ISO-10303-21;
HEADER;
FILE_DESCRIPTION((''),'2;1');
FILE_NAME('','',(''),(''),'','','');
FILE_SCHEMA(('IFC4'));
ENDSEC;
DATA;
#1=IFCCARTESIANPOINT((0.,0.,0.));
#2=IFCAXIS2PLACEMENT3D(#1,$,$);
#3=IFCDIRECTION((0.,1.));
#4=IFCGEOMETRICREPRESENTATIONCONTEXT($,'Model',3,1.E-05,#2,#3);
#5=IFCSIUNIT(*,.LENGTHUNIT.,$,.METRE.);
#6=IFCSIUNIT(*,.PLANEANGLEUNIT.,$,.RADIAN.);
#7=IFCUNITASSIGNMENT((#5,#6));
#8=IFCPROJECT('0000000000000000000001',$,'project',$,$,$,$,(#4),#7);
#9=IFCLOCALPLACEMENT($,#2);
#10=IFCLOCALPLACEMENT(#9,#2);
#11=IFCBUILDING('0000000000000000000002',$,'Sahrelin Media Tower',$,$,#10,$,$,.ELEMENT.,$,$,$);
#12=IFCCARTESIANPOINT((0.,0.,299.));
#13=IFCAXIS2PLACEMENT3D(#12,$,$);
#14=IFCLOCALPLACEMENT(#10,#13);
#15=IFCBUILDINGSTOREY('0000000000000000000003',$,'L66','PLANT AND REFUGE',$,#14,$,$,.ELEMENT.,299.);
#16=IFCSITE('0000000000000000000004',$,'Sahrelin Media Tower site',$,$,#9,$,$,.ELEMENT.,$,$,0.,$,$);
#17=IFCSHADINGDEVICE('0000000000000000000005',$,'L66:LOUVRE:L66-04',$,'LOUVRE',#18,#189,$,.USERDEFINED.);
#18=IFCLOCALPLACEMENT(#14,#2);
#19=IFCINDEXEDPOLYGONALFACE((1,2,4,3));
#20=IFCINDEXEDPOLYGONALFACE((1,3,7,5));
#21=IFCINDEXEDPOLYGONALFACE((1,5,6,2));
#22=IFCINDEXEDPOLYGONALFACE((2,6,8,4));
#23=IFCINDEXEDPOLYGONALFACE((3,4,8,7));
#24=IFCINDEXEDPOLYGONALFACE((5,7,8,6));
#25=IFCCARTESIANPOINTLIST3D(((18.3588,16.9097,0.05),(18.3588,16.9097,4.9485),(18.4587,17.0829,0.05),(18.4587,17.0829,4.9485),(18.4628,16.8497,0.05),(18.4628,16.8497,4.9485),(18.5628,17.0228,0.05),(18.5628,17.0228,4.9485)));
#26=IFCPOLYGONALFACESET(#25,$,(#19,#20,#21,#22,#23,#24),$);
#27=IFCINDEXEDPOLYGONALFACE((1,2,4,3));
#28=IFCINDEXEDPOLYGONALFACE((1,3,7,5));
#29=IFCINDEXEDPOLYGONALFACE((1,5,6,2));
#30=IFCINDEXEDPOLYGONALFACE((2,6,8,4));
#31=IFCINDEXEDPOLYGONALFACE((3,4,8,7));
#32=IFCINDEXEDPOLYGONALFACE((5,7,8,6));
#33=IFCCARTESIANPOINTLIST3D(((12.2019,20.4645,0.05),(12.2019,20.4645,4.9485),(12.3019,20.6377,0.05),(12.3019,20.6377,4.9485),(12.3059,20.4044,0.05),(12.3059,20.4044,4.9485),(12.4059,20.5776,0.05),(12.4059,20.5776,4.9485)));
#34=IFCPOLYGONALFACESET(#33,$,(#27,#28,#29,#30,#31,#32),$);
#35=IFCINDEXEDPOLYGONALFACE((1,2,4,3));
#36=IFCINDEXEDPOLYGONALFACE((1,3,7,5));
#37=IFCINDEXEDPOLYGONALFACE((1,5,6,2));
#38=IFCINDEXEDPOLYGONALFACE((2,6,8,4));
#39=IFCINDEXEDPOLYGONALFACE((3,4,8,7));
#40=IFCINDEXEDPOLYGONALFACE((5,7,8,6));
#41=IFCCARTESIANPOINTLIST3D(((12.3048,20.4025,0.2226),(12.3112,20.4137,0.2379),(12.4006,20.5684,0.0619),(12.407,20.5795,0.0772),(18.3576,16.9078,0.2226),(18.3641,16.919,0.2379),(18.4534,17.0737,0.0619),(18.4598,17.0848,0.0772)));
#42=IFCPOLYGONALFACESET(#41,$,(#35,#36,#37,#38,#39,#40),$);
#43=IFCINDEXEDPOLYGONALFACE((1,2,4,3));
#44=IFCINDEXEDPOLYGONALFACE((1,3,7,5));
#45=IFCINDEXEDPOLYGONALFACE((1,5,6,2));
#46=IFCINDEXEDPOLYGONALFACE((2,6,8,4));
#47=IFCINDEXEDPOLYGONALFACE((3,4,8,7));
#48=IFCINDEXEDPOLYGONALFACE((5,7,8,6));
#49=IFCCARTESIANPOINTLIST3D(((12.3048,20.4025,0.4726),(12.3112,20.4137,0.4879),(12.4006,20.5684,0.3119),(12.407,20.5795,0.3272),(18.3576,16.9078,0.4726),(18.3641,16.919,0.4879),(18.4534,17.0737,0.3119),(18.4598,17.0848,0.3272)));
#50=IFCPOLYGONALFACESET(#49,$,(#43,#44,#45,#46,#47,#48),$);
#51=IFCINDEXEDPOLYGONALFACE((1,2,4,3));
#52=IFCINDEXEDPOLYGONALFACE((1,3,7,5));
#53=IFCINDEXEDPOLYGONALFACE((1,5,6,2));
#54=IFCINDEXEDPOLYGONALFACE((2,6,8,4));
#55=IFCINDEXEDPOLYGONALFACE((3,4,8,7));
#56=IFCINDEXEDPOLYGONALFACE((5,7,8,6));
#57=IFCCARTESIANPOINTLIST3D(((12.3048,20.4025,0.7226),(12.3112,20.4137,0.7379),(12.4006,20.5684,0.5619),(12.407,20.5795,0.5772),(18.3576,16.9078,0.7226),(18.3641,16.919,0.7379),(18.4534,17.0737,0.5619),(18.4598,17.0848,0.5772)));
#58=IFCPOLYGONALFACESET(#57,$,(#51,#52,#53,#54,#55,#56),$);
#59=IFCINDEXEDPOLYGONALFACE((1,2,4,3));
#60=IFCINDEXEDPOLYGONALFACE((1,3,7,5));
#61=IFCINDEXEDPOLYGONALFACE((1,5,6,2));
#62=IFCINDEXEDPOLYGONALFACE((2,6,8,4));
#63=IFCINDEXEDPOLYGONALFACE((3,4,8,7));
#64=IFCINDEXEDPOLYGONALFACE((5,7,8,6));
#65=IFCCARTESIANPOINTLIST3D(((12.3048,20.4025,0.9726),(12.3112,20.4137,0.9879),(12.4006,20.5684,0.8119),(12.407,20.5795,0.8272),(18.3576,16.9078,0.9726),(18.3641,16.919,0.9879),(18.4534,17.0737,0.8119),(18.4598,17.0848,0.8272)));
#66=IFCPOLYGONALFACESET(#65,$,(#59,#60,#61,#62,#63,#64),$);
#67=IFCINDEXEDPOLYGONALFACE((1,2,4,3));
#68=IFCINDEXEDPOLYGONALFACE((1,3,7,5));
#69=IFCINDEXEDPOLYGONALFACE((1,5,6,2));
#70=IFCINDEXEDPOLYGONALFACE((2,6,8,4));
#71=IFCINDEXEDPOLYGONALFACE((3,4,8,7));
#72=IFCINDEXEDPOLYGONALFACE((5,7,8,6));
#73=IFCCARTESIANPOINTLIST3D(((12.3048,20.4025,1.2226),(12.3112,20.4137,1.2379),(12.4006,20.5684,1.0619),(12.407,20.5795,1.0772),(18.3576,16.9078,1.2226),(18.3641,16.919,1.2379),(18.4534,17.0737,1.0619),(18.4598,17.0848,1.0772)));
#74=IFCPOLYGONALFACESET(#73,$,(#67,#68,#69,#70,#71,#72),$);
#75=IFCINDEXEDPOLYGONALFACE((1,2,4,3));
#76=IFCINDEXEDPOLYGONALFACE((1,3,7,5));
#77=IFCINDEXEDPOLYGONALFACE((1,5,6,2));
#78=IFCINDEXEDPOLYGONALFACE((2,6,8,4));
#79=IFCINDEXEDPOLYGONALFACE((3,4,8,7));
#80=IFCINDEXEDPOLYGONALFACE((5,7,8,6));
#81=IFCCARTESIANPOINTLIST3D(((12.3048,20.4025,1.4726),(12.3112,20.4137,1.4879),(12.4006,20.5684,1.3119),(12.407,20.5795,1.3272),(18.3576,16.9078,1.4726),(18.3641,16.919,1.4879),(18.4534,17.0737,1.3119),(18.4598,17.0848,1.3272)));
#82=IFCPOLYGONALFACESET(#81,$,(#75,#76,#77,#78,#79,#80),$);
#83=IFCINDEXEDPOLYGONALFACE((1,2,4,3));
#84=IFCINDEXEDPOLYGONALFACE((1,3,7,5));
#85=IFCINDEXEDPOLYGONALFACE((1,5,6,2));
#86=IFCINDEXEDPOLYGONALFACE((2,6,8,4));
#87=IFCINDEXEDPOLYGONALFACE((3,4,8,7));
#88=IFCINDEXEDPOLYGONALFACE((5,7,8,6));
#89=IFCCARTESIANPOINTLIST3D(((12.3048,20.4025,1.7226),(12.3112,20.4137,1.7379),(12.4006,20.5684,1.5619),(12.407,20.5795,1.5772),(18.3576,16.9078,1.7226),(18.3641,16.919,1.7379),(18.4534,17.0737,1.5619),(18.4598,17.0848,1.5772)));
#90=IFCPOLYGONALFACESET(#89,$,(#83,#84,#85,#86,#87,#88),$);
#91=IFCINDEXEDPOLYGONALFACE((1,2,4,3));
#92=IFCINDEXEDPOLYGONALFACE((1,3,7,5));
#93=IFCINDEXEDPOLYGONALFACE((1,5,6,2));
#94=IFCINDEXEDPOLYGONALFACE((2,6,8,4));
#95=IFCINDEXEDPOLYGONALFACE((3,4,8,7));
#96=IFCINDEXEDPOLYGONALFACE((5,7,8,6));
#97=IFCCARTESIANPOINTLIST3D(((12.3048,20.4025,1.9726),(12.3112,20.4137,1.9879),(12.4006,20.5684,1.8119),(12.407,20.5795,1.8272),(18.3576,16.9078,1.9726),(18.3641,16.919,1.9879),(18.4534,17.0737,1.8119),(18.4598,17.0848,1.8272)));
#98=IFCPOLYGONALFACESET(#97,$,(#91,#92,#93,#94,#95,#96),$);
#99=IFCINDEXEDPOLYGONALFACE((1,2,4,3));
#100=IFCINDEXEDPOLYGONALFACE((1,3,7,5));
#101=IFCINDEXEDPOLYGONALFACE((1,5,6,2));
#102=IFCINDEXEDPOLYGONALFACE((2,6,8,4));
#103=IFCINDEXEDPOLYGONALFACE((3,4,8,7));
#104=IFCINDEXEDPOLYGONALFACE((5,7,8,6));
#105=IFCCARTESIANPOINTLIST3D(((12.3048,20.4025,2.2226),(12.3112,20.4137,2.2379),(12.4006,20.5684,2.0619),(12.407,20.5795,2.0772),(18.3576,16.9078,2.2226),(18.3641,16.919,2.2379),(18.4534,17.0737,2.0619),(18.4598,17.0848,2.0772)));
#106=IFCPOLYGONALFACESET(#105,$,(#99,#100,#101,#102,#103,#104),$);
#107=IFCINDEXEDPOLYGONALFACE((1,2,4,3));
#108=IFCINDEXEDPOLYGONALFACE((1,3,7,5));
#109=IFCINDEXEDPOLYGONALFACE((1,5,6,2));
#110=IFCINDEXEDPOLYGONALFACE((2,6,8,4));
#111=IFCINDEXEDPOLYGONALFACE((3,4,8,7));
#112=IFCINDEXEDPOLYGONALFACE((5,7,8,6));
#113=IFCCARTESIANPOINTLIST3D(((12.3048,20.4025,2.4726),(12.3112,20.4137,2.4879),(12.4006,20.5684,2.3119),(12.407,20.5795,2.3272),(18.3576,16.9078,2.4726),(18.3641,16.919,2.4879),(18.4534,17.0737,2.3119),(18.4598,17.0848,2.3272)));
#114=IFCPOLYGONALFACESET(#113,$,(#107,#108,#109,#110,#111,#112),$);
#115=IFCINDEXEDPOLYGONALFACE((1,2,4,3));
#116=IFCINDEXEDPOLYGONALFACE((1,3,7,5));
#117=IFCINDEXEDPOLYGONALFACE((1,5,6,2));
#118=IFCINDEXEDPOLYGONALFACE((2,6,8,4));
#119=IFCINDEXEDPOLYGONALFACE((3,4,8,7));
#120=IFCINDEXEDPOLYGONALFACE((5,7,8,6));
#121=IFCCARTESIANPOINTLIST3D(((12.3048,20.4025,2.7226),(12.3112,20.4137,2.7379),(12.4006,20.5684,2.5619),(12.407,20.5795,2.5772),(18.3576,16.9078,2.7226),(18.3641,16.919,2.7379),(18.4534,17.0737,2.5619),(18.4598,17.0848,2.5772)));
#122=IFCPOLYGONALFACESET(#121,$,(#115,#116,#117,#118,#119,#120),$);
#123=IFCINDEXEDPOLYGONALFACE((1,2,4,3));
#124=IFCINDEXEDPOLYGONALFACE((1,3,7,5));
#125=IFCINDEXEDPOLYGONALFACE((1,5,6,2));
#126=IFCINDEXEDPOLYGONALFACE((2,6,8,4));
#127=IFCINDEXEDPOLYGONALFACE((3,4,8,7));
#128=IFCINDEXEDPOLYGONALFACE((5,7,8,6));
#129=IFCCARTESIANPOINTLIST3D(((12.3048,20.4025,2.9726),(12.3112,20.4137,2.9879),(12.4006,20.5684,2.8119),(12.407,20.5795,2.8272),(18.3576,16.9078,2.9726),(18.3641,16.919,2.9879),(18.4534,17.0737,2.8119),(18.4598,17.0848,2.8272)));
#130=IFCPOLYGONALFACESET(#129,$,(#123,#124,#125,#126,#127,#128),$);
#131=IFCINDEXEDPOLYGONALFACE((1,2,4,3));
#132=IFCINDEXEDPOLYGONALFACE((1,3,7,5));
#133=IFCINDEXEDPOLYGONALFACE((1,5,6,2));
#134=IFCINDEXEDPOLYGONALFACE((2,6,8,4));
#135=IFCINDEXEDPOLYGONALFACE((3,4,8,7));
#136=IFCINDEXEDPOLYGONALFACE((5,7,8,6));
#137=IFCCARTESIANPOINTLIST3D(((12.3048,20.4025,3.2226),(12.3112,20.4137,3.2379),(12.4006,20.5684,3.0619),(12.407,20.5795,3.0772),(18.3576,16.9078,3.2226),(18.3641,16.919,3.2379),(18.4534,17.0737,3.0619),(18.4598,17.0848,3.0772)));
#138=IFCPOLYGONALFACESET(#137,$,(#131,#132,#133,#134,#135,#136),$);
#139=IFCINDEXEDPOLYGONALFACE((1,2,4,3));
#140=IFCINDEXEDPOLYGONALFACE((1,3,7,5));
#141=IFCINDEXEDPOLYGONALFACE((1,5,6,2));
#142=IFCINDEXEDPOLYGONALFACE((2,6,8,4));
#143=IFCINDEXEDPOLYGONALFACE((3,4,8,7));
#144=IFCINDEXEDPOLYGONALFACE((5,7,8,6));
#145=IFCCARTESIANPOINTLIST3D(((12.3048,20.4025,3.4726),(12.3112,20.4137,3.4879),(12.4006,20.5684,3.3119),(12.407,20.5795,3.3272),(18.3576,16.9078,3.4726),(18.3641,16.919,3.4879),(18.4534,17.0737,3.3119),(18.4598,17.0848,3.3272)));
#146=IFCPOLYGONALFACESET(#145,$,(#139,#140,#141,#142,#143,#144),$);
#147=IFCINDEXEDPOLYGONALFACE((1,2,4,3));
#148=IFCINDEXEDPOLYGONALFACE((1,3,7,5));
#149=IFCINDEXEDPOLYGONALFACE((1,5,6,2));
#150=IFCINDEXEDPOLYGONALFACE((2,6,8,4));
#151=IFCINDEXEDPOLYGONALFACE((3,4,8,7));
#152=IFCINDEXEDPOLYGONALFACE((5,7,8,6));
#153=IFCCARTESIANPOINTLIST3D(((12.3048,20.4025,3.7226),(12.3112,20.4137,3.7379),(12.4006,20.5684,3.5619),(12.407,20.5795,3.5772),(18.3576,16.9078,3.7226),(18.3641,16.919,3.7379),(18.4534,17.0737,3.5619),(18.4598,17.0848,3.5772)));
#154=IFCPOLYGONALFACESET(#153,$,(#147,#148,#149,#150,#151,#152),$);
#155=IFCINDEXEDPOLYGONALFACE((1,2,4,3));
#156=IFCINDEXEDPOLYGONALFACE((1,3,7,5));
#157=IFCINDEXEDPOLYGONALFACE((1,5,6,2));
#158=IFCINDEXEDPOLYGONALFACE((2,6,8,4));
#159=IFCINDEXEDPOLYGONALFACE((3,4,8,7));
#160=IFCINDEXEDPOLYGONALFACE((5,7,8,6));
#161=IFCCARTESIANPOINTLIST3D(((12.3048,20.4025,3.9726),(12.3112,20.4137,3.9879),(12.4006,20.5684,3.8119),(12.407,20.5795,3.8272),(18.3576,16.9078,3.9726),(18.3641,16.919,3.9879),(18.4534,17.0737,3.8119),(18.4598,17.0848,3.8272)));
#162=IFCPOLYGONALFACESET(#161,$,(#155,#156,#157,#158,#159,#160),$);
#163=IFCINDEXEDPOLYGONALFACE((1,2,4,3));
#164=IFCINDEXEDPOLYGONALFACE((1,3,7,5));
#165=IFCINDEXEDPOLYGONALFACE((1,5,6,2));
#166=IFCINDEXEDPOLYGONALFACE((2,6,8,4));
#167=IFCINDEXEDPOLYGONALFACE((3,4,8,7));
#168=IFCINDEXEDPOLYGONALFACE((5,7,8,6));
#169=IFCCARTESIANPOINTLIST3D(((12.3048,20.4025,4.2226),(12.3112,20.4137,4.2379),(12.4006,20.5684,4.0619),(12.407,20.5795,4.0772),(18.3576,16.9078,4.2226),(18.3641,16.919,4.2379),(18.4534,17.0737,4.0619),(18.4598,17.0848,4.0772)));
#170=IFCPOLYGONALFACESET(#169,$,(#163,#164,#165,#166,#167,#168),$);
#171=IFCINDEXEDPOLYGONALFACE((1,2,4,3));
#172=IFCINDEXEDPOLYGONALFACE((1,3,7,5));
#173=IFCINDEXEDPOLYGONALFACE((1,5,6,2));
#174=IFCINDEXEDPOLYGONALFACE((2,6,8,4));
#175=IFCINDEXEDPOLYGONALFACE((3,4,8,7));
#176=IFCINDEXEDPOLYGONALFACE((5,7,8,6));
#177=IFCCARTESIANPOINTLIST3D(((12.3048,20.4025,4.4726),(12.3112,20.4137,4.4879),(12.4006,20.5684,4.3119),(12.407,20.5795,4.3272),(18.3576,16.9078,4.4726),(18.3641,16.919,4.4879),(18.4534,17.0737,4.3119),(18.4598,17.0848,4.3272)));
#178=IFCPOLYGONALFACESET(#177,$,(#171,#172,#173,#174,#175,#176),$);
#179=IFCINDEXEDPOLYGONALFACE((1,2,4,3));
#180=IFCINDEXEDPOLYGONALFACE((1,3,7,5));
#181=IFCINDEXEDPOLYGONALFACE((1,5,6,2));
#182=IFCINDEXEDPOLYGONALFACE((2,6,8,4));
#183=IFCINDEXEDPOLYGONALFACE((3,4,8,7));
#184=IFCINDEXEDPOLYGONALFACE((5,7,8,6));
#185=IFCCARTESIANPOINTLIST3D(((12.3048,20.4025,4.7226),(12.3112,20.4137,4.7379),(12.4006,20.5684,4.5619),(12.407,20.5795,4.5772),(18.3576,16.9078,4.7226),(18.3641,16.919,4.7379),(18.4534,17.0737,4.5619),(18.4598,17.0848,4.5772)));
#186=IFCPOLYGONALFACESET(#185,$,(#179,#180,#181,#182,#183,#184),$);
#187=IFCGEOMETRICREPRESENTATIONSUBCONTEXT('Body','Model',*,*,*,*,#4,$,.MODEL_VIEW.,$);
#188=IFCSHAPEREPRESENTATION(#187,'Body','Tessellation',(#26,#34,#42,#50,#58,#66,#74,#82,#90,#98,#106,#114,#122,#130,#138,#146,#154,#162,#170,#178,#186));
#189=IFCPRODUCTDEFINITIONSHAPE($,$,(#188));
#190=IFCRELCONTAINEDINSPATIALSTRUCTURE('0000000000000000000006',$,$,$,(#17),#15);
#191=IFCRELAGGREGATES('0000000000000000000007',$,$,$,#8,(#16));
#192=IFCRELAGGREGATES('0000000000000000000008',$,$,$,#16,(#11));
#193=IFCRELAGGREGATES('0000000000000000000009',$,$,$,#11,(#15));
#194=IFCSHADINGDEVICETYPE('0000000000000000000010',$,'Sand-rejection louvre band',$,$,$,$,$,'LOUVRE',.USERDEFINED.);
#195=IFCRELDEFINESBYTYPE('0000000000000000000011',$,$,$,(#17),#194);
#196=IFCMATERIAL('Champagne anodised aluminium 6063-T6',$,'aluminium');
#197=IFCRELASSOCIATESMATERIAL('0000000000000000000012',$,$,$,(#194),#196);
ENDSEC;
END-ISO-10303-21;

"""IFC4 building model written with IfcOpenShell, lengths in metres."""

from ifc_helpers import new_model, si_unit, direction, frame, origin, origin_2d, place, context, subcontext, project, spatial, rectangle, extrude, material, type_object, element, save


model = new_model("IFC4")

# Units and contexts
model_context = context("Model", 3, precision=1e-05, world=origin(), true_north=direction((0.0, 1.0)))
body_context = subcontext(model_context, "Body", "Model", "MODEL_VIEW")
ifc_project = project(units=[si_unit("LENGTHUNIT", "METRE"), si_unit("PLANEANGLEUNIT", "RADIAN")], contexts=[model_context])

# Site, building, storey
site_placement = place(None, origin())
site = spatial("IfcSite", under=ifc_project, at=site_placement, Name="Sahrelin Media Tower site", CompositionType="ELEMENT", RefElevation=0.0)
building_placement = place(site_placement, origin())
building = spatial("IfcBuilding", under=site, at=building_placement, Name="Sahrelin Media Tower", CompositionType="ELEMENT")
storey_placement = place(building_placement, frame((0.0, 0.0, 299.0)))
storey = spatial("IfcBuildingStorey", under=building, at=storey_placement, Name="L66", Description="PLANT AND REFUGE", CompositionType="ELEMENT", Elevation=299.0)

# Shading device
ifc_material_1 = material(Name="Champagne anodised aluminium 6063-T6", Category="aluminium")
shading_device_type = type_object("IfcShadingDeviceType", Name="Sand-rejection louvre band", ElementType="LOUVRE", PredefinedType="USERDEFINED", material=ifc_material_1)
shading_device_1_placement = place(storey_placement, frame((15.3323, 18.657, 0.0), z_axis=(0.0, 0.0, 1.0), x_axis=(0.866019, -0.500011, 0.0)))
element("IfcShadingDevice", 1, at=shading_device_1_placement, inside=storey, type_object=shading_device_type, Name="L66:LOUVRE:L66-04", ObjectType="LOUVRE", PredefinedType="USERDEFINED", context=body_context, shape_type="SweptSolid", body=[
    extrude(rectangle(XDim=0.1201, YDim=0.2, at=origin_2d()), frame((3.5547, 0.1001, 0.05), z_axis=(0.0, 0.0, 1.0), x_axis=(1.0, 0.0, 0.0)), (0.0, 0.0, 1.0), 4.8984),
    extrude(rectangle(XDim=0.1201, YDim=0.2, at=origin_2d()), frame((-3.5547, 0.1001, 0.05), z_axis=(0.0, 0.0, 1.0), x_axis=(1.0, 0.0, 0.0)), (0.0, 0.0, 1.0), 4.8984),
    extrude(rectangle(XDim=0.25, YDim=0.02, at=origin_2d()), frame((3.4946, 0.1001, 0.1499), z_axis=(-1.0, 0.0, 0.0), x_axis=(0.0, -0.766044, 0.642788)), (0.0, 0.0, 1.0), 6.9893),
    extrude(rectangle(XDim=0.25, YDim=0.02, at=origin_2d()), frame((3.4946, 0.1001, 0.3999), z_axis=(-1.0, 0.0, 0.0), x_axis=(0.0, -0.766044, 0.642788)), (0.0, 0.0, 1.0), 6.9893),
    extrude(rectangle(XDim=0.25, YDim=0.02, at=origin_2d()), frame((3.4946, 0.1001, 0.6499), z_axis=(-1.0, 0.0, 0.0), x_axis=(0.0, -0.766044, 0.642788)), (0.0, 0.0, 1.0), 6.9893),
    extrude(rectangle(XDim=0.25, YDim=0.02, at=origin_2d()), frame((3.4946, 0.1001, 0.8999), z_axis=(-1.0, 0.0, 0.0), x_axis=(0.0, -0.766044, 0.642788)), (0.0, 0.0, 1.0), 6.9893),
    extrude(rectangle(XDim=0.25, YDim=0.02, at=origin_2d()), frame((3.4946, 0.1001, 1.1499), z_axis=(-1.0, 0.0, 0.0), x_axis=(0.0, -0.766044, 0.642788)), (0.0, 0.0, 1.0), 6.9893),
    extrude(rectangle(XDim=0.25, YDim=0.02, at=origin_2d()), frame((3.4946, 0.1001, 1.3999), z_axis=(-1.0, 0.0, 0.0), x_axis=(0.0, -0.766044, 0.642788)), (0.0, 0.0, 1.0), 6.9893),
    extrude(rectangle(XDim=0.25, YDim=0.02, at=origin_2d()), frame((3.4946, 0.1001, 1.6499), z_axis=(-1.0, 0.0, 0.0), x_axis=(0.0, -0.766044, 0.642788)), (0.0, 0.0, 1.0), 6.9893),
    extrude(rectangle(XDim=0.25, YDim=0.02, at=origin_2d()), frame((3.4946, 0.1001, 1.8999), z_axis=(-1.0, 0.0, 0.0), x_axis=(0.0, -0.766044, 0.642788)), (0.0, 0.0, 1.0), 6.9893),
    extrude(rectangle(XDim=0.25, YDim=0.02, at=origin_2d()), frame((3.4946, 0.1001, 2.1499), z_axis=(-1.0, 0.0, 0.0), x_axis=(0.0, -0.766044, 0.642788)), (0.0, 0.0, 1.0), 6.9893),
    extrude(rectangle(XDim=0.25, YDim=0.02, at=origin_2d()), frame((3.4946, 0.1001, 2.3999), z_axis=(-1.0, 0.0, 0.0), x_axis=(0.0, -0.766044, 0.642788)), (0.0, 0.0, 1.0), 6.9893),
    extrude(rectangle(XDim=0.25, YDim=0.02, at=origin_2d()), frame((3.4946, 0.1001, 2.6499), z_axis=(-1.0, 0.0, 0.0), x_axis=(0.0, -0.766044, 0.642788)), (0.0, 0.0, 1.0), 6.9893),
    extrude(rectangle(XDim=0.25, YDim=0.02, at=origin_2d()), frame((3.4946, 0.1001, 2.8999), z_axis=(-1.0, 0.0, 0.0), x_axis=(0.0, -0.766044, 0.642788)), (0.0, 0.0, 1.0), 6.9893),
    extrude(rectangle(XDim=0.25, YDim=0.02, at=origin_2d()), frame((3.4946, 0.1001, 3.1499), z_axis=(-1.0, 0.0, 0.0), x_axis=(0.0, -0.766044, 0.642788)), (0.0, 0.0, 1.0), 6.9893),
    extrude(rectangle(XDim=0.25, YDim=0.02, at=origin_2d()), frame((3.4946, 0.1001, 3.3999), z_axis=(-1.0, 0.0, 0.0), x_axis=(0.0, -0.766044, 0.642788)), (0.0, 0.0, 1.0), 6.9893),
    extrude(rectangle(XDim=0.25, YDim=0.02, at=origin_2d()), frame((3.4946, 0.1001, 3.6499), z_axis=(-1.0, 0.0, 0.0), x_axis=(0.0, -0.766044, 0.642788)), (0.0, 0.0, 1.0), 6.9893),
    extrude(rectangle(XDim=0.25, YDim=0.02, at=origin_2d()), frame((3.4946, 0.1001, 3.8999), z_axis=(-1.0, 0.0, 0.0), x_axis=(0.0, -0.766044, 0.642788)), (0.0, 0.0, 1.0), 6.9893),
    extrude(rectangle(XDim=0.25, YDim=0.02, at=origin_2d()), frame((3.4946, 0.1001, 4.1499), z_axis=(-1.0, 0.0, 0.0), x_axis=(0.0, -0.766044, 0.642788)), (0.0, 0.0, 1.0), 6.9893),
    extrude(rectangle(XDim=0.25, YDim=0.02, at=origin_2d()), frame((3.4946, 0.1001, 4.3999), z_axis=(-1.0, 0.0, 0.0), x_axis=(0.0, -0.766044, 0.642788)), (0.0, 0.0, 1.0), 6.9893),
    extrude(rectangle(XDim=0.25, YDim=0.02, at=origin_2d()), frame((3.4946, 0.1001, 4.6499), z_axis=(-1.0, 0.0, 0.0), x_axis=(0.0, -0.766044, 0.642788)), (0.0, 0.0, 1.0), 6.9893),
])

save(model, "model.ifc")
